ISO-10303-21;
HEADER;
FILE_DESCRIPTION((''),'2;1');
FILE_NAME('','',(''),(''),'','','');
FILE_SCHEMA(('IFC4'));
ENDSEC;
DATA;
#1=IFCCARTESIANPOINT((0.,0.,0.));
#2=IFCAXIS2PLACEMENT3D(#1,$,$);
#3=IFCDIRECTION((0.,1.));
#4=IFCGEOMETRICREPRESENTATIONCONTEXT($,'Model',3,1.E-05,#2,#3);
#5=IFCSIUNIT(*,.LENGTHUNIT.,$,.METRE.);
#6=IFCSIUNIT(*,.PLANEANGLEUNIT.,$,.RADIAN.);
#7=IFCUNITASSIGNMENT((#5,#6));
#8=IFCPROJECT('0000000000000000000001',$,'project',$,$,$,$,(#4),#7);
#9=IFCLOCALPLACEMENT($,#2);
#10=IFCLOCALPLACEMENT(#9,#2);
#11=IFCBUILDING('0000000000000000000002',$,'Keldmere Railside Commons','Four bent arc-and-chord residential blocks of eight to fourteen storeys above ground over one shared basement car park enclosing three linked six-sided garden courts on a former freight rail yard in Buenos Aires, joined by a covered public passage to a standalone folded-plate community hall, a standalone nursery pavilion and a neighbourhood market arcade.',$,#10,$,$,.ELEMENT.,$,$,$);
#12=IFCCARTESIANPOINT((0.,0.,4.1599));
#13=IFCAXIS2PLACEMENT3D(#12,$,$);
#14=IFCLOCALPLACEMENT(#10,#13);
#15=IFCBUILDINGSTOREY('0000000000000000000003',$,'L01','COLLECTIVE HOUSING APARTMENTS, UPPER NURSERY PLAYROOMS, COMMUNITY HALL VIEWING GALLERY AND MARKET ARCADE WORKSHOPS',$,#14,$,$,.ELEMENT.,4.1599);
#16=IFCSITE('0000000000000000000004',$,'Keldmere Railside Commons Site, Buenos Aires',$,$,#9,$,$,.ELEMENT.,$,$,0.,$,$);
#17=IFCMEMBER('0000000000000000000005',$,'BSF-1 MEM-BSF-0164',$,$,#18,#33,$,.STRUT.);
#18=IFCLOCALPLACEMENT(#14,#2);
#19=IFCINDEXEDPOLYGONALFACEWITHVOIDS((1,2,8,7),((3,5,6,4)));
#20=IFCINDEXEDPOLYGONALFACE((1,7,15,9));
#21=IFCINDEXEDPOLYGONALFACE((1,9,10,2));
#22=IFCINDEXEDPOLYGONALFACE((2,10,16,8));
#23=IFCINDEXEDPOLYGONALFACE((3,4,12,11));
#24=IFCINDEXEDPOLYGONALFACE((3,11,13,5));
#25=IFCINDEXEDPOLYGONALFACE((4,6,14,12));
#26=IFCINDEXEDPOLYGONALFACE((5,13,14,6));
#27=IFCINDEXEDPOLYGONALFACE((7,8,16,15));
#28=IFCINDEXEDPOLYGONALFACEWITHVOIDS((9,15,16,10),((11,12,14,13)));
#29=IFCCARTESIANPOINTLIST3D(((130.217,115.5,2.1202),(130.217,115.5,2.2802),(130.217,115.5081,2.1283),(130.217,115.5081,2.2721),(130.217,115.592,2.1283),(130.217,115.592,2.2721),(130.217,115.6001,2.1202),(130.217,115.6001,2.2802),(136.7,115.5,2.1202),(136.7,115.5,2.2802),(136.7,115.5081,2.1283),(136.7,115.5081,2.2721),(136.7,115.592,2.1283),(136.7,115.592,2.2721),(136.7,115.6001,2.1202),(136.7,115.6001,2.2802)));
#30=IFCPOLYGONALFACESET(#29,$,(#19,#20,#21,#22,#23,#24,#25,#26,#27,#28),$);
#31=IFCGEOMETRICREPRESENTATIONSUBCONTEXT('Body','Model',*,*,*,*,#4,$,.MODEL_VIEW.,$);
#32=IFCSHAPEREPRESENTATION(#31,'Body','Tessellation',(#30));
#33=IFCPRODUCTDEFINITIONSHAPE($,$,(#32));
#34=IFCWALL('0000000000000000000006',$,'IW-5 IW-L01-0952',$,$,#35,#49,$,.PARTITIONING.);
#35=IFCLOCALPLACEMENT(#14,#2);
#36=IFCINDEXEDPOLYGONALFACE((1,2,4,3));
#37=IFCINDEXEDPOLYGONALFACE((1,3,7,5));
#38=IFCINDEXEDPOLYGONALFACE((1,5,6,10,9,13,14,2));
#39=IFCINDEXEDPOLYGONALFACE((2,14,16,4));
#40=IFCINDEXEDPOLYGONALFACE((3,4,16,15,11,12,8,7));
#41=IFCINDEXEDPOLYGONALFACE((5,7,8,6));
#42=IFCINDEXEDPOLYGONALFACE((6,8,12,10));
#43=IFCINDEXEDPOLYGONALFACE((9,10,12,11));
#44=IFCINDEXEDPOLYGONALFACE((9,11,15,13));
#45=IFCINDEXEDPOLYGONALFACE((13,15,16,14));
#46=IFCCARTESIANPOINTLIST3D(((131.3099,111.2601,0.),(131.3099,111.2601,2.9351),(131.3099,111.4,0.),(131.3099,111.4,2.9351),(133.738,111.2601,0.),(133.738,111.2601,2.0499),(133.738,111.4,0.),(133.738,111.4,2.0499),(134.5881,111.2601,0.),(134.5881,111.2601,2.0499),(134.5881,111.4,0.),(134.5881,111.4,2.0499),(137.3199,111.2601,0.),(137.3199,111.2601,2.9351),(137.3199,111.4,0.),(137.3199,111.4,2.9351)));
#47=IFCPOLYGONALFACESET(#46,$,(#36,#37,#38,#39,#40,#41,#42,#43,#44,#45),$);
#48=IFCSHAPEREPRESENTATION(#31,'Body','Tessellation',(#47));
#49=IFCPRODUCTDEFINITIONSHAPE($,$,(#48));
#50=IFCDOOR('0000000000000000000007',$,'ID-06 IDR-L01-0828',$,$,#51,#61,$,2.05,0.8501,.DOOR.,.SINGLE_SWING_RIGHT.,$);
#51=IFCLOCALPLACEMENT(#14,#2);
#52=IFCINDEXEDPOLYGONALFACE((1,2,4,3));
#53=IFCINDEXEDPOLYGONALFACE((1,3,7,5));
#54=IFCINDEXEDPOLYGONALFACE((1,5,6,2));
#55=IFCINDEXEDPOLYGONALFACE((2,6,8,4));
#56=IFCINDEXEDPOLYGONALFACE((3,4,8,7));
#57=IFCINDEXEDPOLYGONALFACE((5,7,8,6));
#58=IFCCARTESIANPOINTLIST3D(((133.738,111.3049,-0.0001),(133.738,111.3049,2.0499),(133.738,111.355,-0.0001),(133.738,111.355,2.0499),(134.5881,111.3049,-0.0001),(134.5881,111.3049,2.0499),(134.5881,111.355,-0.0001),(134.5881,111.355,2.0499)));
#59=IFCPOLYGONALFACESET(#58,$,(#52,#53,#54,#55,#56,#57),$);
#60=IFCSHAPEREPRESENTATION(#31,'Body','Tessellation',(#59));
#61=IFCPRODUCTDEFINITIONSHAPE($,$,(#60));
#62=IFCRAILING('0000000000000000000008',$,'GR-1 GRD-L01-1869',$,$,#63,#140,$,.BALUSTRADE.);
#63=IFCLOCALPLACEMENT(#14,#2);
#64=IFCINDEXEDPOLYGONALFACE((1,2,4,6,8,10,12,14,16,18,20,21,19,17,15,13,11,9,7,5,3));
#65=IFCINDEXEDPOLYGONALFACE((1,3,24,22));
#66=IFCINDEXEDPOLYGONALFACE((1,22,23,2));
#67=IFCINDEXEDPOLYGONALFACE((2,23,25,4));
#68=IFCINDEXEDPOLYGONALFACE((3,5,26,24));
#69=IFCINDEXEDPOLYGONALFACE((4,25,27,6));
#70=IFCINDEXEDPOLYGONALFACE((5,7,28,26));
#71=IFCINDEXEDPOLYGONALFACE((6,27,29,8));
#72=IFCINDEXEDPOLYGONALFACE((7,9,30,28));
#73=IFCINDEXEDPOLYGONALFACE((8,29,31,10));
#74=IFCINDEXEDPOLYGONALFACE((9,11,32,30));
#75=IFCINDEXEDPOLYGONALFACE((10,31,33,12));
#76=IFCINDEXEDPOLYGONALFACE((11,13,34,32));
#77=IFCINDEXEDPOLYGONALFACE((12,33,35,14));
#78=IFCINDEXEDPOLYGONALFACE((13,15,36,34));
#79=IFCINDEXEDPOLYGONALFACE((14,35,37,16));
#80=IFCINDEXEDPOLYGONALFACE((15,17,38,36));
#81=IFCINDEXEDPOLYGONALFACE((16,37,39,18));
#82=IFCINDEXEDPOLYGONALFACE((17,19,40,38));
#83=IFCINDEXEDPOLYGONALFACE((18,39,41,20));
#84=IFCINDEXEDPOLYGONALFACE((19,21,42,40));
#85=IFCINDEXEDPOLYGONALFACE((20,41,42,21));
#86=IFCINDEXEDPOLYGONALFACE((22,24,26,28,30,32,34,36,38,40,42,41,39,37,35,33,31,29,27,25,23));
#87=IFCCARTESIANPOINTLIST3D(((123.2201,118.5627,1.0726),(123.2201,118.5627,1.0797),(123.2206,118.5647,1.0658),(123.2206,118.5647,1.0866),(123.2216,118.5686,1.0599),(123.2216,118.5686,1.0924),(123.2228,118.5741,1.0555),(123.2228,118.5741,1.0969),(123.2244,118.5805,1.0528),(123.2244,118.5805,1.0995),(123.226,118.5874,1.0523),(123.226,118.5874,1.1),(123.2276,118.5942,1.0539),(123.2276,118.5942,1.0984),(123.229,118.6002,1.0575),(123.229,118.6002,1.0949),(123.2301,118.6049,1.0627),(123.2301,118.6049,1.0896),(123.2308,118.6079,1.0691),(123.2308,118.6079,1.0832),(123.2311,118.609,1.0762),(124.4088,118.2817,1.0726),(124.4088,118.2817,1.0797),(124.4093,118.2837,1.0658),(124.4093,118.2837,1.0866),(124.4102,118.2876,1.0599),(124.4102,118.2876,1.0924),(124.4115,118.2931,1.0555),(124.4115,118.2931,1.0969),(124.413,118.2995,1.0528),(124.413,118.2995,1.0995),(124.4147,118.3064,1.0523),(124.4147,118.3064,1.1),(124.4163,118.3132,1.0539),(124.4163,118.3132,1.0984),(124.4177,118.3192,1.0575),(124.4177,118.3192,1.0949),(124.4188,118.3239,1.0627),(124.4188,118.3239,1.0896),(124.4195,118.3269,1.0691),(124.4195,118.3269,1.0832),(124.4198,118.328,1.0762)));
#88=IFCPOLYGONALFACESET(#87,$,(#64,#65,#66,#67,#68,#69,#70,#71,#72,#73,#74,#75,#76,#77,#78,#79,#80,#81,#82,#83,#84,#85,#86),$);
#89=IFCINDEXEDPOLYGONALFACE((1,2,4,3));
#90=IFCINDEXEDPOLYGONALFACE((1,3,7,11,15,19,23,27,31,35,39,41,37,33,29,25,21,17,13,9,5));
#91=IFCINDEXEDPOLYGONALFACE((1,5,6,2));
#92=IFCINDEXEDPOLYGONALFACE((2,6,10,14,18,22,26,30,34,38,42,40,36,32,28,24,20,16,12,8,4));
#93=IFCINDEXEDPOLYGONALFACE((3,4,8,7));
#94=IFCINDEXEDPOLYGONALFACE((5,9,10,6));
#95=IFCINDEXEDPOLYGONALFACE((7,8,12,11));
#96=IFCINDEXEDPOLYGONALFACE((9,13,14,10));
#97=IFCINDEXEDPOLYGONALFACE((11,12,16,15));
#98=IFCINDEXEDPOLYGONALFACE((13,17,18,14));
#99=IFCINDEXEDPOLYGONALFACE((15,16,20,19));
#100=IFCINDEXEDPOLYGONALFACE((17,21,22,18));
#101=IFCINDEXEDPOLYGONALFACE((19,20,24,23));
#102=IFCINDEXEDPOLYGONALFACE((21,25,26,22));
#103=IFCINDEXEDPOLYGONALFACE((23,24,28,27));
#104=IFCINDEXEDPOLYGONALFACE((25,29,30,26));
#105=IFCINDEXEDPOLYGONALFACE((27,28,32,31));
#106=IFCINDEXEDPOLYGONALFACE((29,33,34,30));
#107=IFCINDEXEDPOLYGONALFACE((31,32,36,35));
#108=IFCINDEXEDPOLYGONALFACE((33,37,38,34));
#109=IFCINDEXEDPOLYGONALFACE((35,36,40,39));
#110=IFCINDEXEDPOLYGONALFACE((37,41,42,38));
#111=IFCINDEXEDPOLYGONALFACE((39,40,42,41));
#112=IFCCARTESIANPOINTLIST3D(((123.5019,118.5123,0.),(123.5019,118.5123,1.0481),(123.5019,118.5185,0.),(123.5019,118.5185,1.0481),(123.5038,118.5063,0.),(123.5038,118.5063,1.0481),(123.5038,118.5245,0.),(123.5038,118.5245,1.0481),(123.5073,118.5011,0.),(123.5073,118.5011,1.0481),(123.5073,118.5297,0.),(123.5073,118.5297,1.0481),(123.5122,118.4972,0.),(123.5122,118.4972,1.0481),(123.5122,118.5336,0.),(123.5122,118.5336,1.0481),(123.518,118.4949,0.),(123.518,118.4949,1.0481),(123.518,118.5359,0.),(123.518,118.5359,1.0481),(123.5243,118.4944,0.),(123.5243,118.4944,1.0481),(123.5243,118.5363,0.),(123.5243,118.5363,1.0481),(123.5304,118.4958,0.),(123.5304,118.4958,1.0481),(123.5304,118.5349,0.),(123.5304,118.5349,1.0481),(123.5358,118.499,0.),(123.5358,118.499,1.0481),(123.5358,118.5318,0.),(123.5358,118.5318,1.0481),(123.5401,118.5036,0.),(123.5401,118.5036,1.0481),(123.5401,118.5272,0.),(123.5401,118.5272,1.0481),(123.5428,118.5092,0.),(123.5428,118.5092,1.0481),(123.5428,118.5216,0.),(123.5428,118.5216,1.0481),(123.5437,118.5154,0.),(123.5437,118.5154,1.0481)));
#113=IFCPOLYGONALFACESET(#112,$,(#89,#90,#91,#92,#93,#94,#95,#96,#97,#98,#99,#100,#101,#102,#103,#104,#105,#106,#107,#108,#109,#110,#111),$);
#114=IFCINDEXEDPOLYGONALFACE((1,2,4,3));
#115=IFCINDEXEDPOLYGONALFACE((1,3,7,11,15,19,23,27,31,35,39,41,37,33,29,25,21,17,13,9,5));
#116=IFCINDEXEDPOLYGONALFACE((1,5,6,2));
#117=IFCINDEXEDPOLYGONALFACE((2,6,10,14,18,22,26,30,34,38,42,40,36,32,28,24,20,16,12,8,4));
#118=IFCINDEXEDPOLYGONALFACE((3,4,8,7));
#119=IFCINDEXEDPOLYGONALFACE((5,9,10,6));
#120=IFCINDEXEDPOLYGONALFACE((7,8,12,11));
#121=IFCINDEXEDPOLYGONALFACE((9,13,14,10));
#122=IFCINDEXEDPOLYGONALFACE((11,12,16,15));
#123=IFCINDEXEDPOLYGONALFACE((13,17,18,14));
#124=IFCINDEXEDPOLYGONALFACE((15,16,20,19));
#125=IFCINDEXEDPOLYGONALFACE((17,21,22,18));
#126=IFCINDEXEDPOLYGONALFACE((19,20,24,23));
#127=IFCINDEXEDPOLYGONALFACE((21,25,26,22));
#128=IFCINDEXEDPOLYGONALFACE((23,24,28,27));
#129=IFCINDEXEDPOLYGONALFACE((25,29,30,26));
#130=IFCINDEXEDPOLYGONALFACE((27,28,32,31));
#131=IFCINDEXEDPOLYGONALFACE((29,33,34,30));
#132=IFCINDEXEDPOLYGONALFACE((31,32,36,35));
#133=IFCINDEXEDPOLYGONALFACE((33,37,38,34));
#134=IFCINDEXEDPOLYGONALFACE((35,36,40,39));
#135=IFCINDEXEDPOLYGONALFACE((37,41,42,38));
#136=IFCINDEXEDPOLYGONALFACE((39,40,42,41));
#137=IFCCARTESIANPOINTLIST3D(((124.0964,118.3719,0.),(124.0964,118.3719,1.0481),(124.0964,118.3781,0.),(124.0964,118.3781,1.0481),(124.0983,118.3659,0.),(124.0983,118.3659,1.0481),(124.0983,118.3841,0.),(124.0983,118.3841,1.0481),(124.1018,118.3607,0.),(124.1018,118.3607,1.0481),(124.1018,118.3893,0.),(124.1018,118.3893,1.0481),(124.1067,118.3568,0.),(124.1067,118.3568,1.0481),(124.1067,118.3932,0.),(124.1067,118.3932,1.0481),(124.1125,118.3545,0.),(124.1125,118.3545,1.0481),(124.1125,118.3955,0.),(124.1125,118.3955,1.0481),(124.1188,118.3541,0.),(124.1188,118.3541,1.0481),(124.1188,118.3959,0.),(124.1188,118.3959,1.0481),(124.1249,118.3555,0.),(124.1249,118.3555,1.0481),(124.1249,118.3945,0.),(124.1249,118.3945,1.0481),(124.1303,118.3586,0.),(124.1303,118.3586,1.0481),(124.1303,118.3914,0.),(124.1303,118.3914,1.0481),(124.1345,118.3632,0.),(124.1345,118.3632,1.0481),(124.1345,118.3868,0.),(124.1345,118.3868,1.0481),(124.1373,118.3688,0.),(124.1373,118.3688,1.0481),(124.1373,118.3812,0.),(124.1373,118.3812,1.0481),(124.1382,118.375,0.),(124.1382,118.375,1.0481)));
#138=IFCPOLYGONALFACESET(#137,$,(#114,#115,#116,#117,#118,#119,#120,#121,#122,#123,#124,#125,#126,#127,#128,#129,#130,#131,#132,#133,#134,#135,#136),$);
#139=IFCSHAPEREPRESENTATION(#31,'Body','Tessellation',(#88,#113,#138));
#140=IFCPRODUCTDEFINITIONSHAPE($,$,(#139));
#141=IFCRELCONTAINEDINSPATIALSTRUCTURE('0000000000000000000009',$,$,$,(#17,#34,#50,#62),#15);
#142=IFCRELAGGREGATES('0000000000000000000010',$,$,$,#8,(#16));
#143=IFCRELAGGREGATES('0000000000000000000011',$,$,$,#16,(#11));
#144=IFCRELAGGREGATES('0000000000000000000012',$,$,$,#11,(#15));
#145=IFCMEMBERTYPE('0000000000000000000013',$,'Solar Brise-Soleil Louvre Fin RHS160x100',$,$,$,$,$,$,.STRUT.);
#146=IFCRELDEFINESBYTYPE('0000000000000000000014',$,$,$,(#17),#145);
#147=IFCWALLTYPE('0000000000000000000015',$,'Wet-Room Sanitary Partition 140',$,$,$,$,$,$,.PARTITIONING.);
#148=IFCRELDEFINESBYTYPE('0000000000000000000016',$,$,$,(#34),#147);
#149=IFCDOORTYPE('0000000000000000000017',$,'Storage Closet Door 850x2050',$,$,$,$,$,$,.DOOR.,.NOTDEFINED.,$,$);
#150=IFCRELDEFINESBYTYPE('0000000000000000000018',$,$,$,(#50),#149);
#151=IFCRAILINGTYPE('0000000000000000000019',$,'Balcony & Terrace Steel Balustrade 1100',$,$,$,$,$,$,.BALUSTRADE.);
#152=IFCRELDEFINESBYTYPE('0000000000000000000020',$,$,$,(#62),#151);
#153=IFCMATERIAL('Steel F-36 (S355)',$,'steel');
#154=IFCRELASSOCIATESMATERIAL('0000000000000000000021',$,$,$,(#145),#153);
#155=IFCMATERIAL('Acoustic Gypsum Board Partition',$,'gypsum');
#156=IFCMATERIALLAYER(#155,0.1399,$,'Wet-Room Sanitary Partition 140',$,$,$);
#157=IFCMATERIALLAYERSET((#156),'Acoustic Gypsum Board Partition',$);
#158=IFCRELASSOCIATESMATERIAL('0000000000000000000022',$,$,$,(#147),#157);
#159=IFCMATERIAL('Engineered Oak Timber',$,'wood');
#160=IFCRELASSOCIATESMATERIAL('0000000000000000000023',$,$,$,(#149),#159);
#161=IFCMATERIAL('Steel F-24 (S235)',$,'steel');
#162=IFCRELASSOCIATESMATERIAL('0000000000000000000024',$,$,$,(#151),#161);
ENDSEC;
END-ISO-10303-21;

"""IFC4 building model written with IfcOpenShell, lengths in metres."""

from ifc_helpers import new_model, si_unit, direction, frame, frame_2d, origin, origin_2d, place, context, subcontext, project, spatial, rectangle, hollow_rectangle, circle, extrude, material, layer, layer_set, material_profile, profile_set, type_object, element, fill, save


model = new_model("IFC4")

# Units and contexts
model_context = context("Model", 3, precision=1e-05, world=origin(), true_north=direction((0.0, 1.0)))
body_context = subcontext(model_context, "Body", "Model", "MODEL_VIEW")
ifc_project = project(units=[si_unit("LENGTHUNIT", "METRE"), si_unit("PLANEANGLEUNIT", "RADIAN")], contexts=[model_context])

# Site, building, storey
site_placement = place(None, origin())
site = spatial("IfcSite", under=ifc_project, at=site_placement, Name="Keldmere Railside Commons Site, Buenos Aires", CompositionType="ELEMENT", RefElevation=0.0)
building_placement = place(site_placement, origin())
building = spatial("IfcBuilding", under=site, at=building_placement, Name="Keldmere Railside Commons", Description="Four bent arc-and-chord residential blocks of eight to fourteen storeys above ground over one shared basement car park enclosing three linked six-sided garden courts on a former freight rail yard in Buenos Aires, joined by a covered public passage to a standalone folded-plate community hall, a standalone nursery pavilion and a neighbourhood market arcade.", CompositionType="ELEMENT")
storey_placement = place(building_placement, frame((0.0, 0.0, 4.1599)))
storey = spatial("IfcBuildingStorey", under=building, at=storey_placement, Name="L01", Description="COLLECTIVE HOUSING APARTMENTS, UPPER NURSERY PLAYROOMS, COMMUNITY HALL VIEWING GALLERY AND MARKET ARCADE WORKSHOPS", CompositionType="ELEMENT", Elevation=4.1599)

# Shared definitions
ifc_material_1 = material(Name="Steel F-36 (S355)", Category="steel")

# Member
ifc_material_profile_1 = material_profile(ifc_material_1, hollow_rectangle(XDim=0.1001, YDim=0.1599, WallThickness=0.0081, at=origin_2d()), Name="RHS-160x100x8")
ifc_profile_set_1 = profile_set([ifc_material_profile_1], Name="Steel F-36 (S355)")
member_type_1 = type_object("IfcMemberType", Name="Solar Brise-Soleil Louvre Fin RHS160x100", PredefinedType="STRUT", material=ifc_profile_set_1)
member_1_placement = place(storey_placement, frame((130.217, 115.55, 2.2002), z_axis=(1.0, 0.0, 0.0), x_axis=(0.0, 1.0, 0.0)))
element("IfcMember", 1, at=member_1_placement, inside=storey, type_object=member_type_1, Name="BSF-1 MEM-BSF-0164", PredefinedType="STRUT", context=body_context, shape_type="SweptSolid", body=[
    extrude(hollow_rectangle(XDim=0.1001, YDim=0.1599, WallThickness=0.0081, at=origin_2d()), origin(), (0.0, 0.0, 1.0), 6.4829),
])

# Wall, opening, door
ifc_material_2 = material(Name="Acoustic Gypsum Board Partition", Category="gypsum")
ifc_layer = layer(ifc_material_2, 0.1399, Name="Wet-Room Sanitary Partition 140")
ifc_layer_set = layer_set([ifc_layer], Name="Acoustic Gypsum Board Partition")
wall_type = type_object("IfcWallType", Name="Wet-Room Sanitary Partition 140", PredefinedType="PARTITIONING", material=ifc_layer_set)
wall_placement = place(storey_placement, frame((131.3101, 111.3301, 0.0), z_axis=(0.0, 0.0, 1.0), x_axis=(1.0, 0.0, 0.0)))
wall = element("IfcWall", 2, at=wall_placement, inside=storey, type_object=wall_type, Name="IW-5 IW-L01-0952", PredefinedType="PARTITIONING", context=body_context, shape_type="SweptSolid", body=[
    extrude(rectangle(XDim=6.01, YDim=0.1399, at=frame_2d((3.0049, 0.0))), origin(), (0.0, 0.0, 1.0), 2.9351),
])
opening_placement = place(wall_placement, frame((2.428, 0.0, 0.0)))
opening = element("IfcOpeningElement", 3, at=opening_placement, cuts=wall, PredefinedType="OPENING", context=body_context, shape_type="SweptSolid", body=[
    extrude(rectangle(XDim=0.8501, YDim=2.05, at=frame_2d((0.425, 1.0249))), frame((0.0, 0.0798, 0.0), z_axis=(0.0, -1.0, 0.0), x_axis=(1.0, 0.0, 0.0)), (0.0, 0.0, 1.0), 0.1599),
])
ifc_material_3 = material(Name="Engineered Oak Timber", Category="wood")
door_type = type_object("IfcDoorType", Name="Storage Closet Door 850x2050", OperationType="NOTDEFINED", PredefinedType="DOOR", material=ifc_material_3)
door_placement = place(opening_placement, origin())
door = element("IfcDoor", 4, at=door_placement, inside=storey, type_object=door_type, Name="ID-06 IDR-L01-0828", OperationType="SINGLE_SWING_RIGHT", OverallHeight=2.05, OverallWidth=0.8501, PredefinedType="DOOR", context=body_context, shape_type="SweptSolid", body=[
    extrude(rectangle(XDim=0.8501, YDim=2.05, at=frame_2d((0.425, 1.0249))), frame((0.0, 0.0249, 0.0), z_axis=(0.0, -1.0, 0.0), x_axis=(1.0, 0.0, 0.0)), (0.0, 0.0, 1.0), 0.05),
])
fill(opening, door)

# Railing
ifc_material_4 = material(Name="Steel F-24 (S235)", Category="steel")
railing_type = type_object("IfcRailingType", Name="Balcony & Terrace Steel Balustrade 1100", PredefinedType="BALUSTRADE", material=ifc_material_4)
railing_1_placement = place(storey_placement, frame((123.2256, 118.5857, 0.0)))
element("IfcRailing", 5, at=railing_1_placement, inside=storey, type_object=railing_type, Name="GR-1 GRD-L01-1869", PredefinedType="BALUSTRADE", context=body_context, shape_type="SweptSolid", body=[
    extrude(circle(Radius=0.0239, at=origin_2d()), frame((0.0, 0.0, 1.0762), z_axis=(0.973178, -0.230053, 0.0), x_axis=(0.230053, 0.973178, 0.0)), (0.0, 0.0, 1.0), 1.2214),
    extrude(circle(Radius=0.021, at=origin_2d()), frame((0.2971, -0.0703, 0.0)), (0.0, 0.0, 1.0), 1.0481),
    extrude(circle(Radius=0.021, at=origin_2d()), frame((0.8916, -0.2107, 0.0)), (0.0, 0.0, 1.0), 1.0481),
])

save(model, "model.ifc")
